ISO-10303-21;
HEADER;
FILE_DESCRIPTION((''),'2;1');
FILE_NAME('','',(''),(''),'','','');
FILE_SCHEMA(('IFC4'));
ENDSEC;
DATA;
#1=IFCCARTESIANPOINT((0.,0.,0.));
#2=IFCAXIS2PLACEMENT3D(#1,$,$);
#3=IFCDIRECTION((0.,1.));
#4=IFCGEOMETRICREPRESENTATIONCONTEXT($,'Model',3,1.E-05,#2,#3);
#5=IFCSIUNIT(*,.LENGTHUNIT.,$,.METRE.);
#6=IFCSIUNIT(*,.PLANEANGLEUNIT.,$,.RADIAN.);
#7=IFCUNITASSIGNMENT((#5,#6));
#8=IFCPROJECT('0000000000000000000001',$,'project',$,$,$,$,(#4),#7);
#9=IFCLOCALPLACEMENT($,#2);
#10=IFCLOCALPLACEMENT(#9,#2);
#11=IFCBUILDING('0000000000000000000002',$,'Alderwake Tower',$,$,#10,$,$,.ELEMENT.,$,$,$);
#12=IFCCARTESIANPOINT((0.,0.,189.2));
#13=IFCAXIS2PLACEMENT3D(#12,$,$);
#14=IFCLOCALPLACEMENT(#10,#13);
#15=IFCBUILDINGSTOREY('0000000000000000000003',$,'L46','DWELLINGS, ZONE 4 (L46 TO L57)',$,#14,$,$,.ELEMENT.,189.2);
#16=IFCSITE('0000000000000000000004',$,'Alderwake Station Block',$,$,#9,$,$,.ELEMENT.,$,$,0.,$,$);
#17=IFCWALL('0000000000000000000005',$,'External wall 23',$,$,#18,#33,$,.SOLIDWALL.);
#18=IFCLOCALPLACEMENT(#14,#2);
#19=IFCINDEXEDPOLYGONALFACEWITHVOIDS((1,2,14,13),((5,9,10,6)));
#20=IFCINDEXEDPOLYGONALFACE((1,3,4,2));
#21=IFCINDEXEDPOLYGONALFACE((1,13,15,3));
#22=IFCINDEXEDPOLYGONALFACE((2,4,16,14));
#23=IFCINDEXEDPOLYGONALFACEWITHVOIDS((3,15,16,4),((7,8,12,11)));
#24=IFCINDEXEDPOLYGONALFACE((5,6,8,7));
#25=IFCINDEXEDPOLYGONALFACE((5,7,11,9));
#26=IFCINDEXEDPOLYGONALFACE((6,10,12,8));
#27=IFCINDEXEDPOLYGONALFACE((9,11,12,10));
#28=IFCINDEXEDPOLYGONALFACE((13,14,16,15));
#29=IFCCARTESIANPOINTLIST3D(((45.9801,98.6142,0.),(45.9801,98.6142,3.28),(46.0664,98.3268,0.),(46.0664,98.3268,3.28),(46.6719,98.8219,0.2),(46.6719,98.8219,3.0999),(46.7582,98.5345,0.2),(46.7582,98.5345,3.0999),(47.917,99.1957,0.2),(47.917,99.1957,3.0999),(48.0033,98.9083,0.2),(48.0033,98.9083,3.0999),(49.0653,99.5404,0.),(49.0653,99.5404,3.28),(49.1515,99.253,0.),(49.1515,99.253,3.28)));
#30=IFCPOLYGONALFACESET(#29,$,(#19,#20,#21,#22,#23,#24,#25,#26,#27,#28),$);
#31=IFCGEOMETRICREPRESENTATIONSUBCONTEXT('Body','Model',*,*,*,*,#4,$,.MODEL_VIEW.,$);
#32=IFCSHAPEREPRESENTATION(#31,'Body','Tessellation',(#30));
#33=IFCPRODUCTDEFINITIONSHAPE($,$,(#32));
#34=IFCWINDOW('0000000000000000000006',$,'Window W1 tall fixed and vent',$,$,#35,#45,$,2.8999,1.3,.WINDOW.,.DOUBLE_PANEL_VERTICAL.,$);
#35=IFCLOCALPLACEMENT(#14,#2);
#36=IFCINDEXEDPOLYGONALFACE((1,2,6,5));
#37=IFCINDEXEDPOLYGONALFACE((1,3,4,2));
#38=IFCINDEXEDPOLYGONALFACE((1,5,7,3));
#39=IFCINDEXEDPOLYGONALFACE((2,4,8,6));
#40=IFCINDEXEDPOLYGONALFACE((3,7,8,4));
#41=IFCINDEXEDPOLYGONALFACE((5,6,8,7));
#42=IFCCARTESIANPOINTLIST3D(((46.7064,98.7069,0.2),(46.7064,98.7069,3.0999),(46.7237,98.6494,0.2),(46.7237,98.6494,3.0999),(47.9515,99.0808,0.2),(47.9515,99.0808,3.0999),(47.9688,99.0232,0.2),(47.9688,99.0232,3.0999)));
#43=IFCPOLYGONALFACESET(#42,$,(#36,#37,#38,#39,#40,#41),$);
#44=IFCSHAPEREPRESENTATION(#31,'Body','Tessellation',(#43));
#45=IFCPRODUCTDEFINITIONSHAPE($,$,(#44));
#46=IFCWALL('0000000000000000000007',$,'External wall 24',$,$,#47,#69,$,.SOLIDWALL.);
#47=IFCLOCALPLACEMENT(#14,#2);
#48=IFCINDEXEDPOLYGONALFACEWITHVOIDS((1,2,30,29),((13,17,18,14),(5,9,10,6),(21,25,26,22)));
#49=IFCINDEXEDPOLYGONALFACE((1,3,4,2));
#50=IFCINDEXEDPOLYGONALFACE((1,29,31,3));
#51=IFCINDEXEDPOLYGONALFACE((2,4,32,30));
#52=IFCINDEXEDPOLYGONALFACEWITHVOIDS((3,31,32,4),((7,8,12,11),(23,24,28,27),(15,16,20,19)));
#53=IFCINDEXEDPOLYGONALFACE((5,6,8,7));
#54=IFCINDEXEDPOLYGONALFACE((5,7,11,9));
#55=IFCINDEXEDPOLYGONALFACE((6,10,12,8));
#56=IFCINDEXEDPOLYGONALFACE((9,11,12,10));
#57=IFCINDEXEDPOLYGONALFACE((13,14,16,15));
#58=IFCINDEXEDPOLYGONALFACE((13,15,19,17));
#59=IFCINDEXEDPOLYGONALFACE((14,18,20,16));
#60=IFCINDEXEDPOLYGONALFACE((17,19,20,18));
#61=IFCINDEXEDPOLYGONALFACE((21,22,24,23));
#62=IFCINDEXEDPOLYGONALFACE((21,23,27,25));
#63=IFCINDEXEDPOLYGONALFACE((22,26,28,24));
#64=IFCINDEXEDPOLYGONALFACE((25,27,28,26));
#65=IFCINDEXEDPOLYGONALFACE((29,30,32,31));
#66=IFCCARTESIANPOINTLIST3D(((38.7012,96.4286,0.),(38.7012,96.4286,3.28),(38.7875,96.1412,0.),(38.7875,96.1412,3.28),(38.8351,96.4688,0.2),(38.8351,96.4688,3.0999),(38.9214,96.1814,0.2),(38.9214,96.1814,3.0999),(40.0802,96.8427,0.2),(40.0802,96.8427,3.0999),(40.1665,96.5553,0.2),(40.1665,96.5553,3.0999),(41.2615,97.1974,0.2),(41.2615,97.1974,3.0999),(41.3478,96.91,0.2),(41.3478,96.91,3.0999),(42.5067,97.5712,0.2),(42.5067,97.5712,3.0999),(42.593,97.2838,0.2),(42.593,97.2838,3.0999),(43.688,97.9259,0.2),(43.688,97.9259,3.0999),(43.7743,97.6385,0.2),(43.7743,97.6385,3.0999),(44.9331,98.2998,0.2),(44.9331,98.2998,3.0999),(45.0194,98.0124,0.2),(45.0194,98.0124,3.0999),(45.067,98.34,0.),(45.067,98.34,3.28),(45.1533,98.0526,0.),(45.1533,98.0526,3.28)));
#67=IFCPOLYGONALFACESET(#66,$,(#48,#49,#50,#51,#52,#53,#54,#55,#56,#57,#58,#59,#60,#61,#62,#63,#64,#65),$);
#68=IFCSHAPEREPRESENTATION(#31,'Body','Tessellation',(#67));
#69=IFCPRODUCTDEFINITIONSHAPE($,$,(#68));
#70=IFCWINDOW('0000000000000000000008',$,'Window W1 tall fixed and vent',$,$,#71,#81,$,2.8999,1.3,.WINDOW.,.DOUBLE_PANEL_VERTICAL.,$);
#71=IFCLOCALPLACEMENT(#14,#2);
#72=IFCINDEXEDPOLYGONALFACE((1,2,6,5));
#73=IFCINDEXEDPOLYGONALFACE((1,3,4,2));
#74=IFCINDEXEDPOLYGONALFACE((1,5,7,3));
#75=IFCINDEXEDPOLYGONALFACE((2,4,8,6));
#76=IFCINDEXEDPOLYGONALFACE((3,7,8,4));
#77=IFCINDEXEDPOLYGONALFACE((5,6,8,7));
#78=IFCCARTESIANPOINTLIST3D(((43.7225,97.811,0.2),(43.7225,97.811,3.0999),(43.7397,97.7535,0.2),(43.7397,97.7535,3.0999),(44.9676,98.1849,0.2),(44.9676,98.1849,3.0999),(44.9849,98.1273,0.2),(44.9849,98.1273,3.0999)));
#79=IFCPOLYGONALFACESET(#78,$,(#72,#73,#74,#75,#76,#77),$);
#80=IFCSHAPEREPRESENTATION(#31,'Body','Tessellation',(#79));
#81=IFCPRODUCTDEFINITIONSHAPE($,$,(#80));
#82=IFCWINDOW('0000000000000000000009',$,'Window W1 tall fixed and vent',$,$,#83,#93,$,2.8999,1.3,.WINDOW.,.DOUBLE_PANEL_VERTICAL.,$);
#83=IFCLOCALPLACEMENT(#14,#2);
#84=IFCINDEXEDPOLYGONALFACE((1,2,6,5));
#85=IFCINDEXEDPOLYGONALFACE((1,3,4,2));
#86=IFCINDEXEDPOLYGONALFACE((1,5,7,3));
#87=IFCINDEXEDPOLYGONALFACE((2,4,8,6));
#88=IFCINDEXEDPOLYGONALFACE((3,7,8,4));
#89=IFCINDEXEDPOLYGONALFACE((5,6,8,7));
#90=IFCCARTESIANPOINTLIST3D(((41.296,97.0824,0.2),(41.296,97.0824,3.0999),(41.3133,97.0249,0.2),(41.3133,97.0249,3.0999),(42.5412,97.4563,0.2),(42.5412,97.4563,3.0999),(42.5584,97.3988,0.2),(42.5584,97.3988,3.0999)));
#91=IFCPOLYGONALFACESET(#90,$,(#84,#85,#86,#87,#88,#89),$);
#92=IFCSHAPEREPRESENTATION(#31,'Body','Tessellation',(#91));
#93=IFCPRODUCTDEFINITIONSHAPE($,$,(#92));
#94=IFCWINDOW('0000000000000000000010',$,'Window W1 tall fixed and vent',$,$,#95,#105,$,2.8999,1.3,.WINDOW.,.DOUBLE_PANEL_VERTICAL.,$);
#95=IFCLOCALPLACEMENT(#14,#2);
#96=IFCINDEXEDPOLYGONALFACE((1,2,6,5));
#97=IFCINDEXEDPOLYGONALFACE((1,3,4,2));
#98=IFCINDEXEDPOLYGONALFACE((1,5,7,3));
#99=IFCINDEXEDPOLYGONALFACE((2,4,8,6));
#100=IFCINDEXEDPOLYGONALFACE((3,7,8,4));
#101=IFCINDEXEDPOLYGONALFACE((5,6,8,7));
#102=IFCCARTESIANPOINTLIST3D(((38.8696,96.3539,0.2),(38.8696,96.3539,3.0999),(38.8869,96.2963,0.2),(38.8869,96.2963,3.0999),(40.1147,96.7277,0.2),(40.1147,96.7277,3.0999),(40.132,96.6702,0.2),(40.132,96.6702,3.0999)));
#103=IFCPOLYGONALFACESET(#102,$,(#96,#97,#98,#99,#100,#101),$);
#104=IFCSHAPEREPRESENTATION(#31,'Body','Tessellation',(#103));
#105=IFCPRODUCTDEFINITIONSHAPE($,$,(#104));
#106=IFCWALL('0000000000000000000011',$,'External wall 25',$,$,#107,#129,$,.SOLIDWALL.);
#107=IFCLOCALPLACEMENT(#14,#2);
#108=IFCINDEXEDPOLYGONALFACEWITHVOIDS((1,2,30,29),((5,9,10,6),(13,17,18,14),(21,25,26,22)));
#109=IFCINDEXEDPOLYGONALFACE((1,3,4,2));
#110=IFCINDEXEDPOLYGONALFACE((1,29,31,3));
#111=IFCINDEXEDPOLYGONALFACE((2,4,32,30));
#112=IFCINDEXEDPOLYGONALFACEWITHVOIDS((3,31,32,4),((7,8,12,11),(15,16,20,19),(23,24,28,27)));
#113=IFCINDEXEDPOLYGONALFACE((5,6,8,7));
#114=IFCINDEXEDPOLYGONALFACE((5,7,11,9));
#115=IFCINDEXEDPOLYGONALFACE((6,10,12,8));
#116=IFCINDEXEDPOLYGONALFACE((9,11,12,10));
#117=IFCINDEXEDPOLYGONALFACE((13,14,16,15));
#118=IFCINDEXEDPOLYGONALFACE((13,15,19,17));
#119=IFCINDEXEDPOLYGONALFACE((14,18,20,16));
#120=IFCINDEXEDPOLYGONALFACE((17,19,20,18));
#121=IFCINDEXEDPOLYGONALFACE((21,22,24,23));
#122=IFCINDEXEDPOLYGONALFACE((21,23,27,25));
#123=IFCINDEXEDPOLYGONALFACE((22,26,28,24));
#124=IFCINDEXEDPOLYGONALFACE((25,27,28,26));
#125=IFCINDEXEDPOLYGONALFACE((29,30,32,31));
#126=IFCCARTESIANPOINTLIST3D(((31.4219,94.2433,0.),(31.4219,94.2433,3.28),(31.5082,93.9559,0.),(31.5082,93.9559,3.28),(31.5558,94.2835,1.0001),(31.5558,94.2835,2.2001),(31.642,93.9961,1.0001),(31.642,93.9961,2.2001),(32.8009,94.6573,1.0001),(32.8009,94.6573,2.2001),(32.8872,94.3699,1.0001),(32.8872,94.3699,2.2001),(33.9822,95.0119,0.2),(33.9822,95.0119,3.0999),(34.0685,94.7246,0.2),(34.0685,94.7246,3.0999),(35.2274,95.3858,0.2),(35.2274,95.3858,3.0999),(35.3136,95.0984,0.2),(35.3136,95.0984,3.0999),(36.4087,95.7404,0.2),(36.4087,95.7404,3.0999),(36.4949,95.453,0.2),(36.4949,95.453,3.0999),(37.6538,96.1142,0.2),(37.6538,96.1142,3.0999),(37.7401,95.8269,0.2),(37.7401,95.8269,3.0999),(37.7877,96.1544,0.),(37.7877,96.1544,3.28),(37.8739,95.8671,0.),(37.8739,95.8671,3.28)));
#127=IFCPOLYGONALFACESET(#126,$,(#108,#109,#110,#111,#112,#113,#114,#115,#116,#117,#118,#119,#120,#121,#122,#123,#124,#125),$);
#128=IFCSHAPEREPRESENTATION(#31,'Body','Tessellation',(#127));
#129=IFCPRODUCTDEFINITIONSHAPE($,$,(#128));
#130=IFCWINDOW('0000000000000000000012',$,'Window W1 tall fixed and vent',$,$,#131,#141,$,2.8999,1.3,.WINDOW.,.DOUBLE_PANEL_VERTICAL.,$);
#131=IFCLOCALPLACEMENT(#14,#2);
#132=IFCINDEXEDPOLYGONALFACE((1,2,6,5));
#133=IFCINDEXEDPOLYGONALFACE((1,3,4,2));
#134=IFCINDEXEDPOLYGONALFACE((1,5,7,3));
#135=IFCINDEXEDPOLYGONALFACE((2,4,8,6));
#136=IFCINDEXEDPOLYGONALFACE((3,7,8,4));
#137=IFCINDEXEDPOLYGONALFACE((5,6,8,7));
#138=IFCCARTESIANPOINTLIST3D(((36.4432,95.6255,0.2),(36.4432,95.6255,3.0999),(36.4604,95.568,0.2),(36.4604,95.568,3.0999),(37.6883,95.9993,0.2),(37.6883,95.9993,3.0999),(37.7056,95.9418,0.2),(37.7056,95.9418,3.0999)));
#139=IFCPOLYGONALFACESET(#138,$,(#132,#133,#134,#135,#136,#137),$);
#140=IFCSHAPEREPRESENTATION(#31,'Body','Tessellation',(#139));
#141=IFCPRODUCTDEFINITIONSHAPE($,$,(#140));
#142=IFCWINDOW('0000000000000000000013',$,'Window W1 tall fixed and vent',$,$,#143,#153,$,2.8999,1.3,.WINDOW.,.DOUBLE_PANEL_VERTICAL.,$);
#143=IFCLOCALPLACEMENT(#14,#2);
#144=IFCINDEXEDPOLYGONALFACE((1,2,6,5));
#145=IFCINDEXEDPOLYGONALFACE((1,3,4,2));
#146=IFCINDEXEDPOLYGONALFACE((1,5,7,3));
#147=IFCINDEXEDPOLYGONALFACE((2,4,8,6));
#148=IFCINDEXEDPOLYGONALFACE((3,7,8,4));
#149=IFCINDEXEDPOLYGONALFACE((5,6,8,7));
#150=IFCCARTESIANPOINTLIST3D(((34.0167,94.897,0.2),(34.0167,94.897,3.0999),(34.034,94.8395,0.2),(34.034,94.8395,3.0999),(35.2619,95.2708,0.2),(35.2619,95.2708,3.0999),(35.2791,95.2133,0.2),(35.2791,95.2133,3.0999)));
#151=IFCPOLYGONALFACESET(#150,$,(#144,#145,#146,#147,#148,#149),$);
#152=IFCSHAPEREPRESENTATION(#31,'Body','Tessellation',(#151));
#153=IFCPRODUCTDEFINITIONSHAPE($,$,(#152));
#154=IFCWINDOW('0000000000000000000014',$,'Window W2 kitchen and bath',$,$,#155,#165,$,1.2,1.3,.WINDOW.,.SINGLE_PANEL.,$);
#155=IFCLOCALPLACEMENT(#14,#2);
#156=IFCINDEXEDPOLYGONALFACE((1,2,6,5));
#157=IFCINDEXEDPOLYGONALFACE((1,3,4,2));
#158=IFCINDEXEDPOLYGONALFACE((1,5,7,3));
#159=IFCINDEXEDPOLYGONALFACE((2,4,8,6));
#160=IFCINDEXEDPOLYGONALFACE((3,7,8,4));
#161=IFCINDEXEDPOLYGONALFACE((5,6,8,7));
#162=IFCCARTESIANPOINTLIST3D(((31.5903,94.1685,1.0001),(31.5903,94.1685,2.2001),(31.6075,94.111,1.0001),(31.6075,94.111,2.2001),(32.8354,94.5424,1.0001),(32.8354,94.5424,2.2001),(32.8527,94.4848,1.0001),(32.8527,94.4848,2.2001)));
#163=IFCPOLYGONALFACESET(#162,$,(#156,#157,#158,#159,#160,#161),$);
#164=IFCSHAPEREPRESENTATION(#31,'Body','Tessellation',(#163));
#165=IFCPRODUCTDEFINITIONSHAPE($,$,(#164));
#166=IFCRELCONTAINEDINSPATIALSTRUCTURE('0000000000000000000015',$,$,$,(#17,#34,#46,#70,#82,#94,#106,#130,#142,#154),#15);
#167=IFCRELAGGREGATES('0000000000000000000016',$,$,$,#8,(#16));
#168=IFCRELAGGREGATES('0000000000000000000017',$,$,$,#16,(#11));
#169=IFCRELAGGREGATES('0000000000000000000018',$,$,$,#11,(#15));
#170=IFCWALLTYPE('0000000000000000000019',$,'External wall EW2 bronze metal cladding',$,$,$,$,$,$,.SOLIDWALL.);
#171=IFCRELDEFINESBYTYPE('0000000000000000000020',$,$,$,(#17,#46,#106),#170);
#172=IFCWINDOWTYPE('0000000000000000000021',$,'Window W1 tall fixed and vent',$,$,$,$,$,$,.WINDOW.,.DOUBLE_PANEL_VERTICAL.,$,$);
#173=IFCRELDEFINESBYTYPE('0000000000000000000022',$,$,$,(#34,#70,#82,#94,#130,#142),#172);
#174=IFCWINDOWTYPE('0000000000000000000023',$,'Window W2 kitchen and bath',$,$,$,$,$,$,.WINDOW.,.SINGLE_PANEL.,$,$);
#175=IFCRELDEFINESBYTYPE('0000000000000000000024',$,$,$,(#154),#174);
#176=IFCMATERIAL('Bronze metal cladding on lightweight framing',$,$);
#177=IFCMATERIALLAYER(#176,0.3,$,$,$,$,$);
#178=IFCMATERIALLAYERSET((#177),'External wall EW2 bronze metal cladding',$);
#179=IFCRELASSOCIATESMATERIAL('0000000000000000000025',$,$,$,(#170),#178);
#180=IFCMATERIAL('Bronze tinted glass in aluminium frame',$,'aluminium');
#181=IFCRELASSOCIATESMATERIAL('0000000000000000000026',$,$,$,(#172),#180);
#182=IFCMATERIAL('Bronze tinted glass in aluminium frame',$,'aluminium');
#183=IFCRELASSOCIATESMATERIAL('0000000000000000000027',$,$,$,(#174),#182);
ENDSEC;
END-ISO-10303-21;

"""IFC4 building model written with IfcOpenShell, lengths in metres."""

from ifc_helpers import new_model, si_unit, direction, frame, frame_2d, origin, place, context, subcontext, project, spatial, rectangle, extrude, material, layer, layer_set, type_object, element, fill, save


model = new_model("IFC4")

# Units and contexts
model_context = context("Model", 3, precision=1e-05, world=origin(), true_north=direction((0.0, 1.0)))
body_context = subcontext(model_context, "Body", "Model", "MODEL_VIEW")
ifc_project = project(units=[si_unit("LENGTHUNIT", "METRE"), si_unit("PLANEANGLEUNIT", "RADIAN")], contexts=[model_context])

# Site, building, storey
site_placement = place(None, origin())
site = spatial("IfcSite", under=ifc_project, at=site_placement, Name="Alderwake Station Block", CompositionType="ELEMENT", RefElevation=0.0)
building_placement = place(site_placement, origin())
building = spatial("IfcBuilding", under=site, at=building_placement, Name="Alderwake Tower", CompositionType="ELEMENT")
storey_placement = place(building_placement, frame((0.0, 0.0, 189.2)))
storey = spatial("IfcBuildingStorey", under=building, at=storey_placement, Name="L46", Description="DWELLINGS, ZONE 4 (L46 TO L57)", CompositionType="ELEMENT", Elevation=189.2)

# Wall, opening, window
ifc_material_1 = material(Name="Bronze metal cladding on lightweight framing")
ifc_layer_1 = layer(ifc_material_1, 0.3)
ifc_layer_set_1 = layer_set([ifc_layer_1], Name="External wall EW2 bronze metal cladding")
wall_type_1 = type_object("IfcWallType", Name="External wall EW2 bronze metal cladding", PredefinedType="SOLIDWALL", material=ifc_layer_set_1)
wall_1_placement = place(storey_placement, frame((49.1084, 99.3967, 0.0), z_axis=(0.0, 0.0, 1.0), x_axis=(-0.957766, -0.28755, 0.0)))
wall_1 = element("IfcWall", 1, at=wall_1_placement, inside=storey, type_object=wall_type_1, Name="External wall 23", PredefinedType="SOLIDWALL", context=body_context, shape_type="SweptSolid", body=[
    extrude(rectangle(XDim=3.2212, YDim=0.3, at=frame_2d((1.6106, 0.0))), origin(), (0.0, 0.0, 1.0), 3.28),
])
opening_1_placement = place(wall_1_placement, frame((1.199, 0.0, 0.2)))
opening_1 = element("IfcOpeningElement", 2, at=opening_1_placement, cuts=wall_1, PredefinedType="OPENING", context=body_context, shape_type="SweptSolid", body=[
    extrude(rectangle(XDim=1.3, YDim=2.8999, at=frame_2d((0.6499, 1.45))), frame((0.0, 0.1599, 0.0), z_axis=(0.0, -1.0, 0.0), x_axis=(1.0, 0.0, 0.0)), (0.0, 0.0, 1.0), 0.3201),
])
ifc_material_2 = material(Name="Bronze tinted glass in aluminium frame", Category="aluminium")
window_type_1 = type_object("IfcWindowType", Name="Window W1 tall fixed and vent", PartitioningType="DOUBLE_PANEL_VERTICAL", PredefinedType="WINDOW", material=ifc_material_2)
window_1_placement = place(opening_1_placement, origin())
window_1 = element("IfcWindow", 3, at=window_1_placement, inside=storey, type_object=window_type_1, Name="Window W1 tall fixed and vent", OverallHeight=2.8999, OverallWidth=1.3, PartitioningType="DOUBLE_PANEL_VERTICAL", PredefinedType="WINDOW", context=body_context, shape_type="SweptSolid", body=[
    extrude(rectangle(XDim=1.3, YDim=2.8999, at=frame_2d((0.6499, 1.45))), frame((0.0, 0.03, 0.0), z_axis=(0.0, -1.0, 0.0), x_axis=(1.0, 0.0, 0.0)), (0.0, 0.0, 1.0), 0.0601),
])
fill(opening_1, window_1)

# Walls, openings, windows
wall_2_placement = place(storey_placement, frame((45.1101, 98.1963, 0.0), z_axis=(0.0, 0.0, 1.0), x_axis=(-0.957758, -0.287577, 0.0)))
wall_2 = element("IfcWall", 4, at=wall_2_placement, inside=storey, type_object=wall_type_1, Name="External wall 24", PredefinedType="SOLIDWALL", context=body_context, shape_type="SweptSolid", body=[
    extrude(rectangle(XDim=6.6465, YDim=0.3, at=frame_2d((3.3232, 0.0))), origin(), (0.0, 0.0, 1.0), 3.28),
])
opening_2_placement = place(wall_2_placement, frame((0.1399, 0.0, 0.2)))
opening_2 = element("IfcOpeningElement", 5, at=opening_2_placement, cuts=wall_2, PredefinedType="OPENING", context=body_context, shape_type="SweptSolid", body=[
    extrude(rectangle(XDim=1.3, YDim=2.8999, at=frame_2d((0.6499, 1.45))), frame((0.0, 0.1599, 0.0), z_axis=(0.0, -1.0, 0.0), x_axis=(1.0, 0.0, 0.0)), (0.0, 0.0, 1.0), 0.3201),
])
opening_3_placement = place(wall_2_placement, frame((2.6733, 0.0, 0.2)))
opening_3 = element("IfcOpeningElement", 6, at=opening_3_placement, cuts=wall_2, PredefinedType="OPENING", context=body_context, shape_type="SweptSolid", body=[
    extrude(rectangle(XDim=1.3, YDim=2.8999, at=frame_2d((0.6499, 1.45))), frame((0.0, 0.1599, 0.0), z_axis=(0.0, -1.0, 0.0), x_axis=(1.0, 0.0, 0.0)), (0.0, 0.0, 1.0), 0.3201),
])
opening_4_placement = place(wall_2_placement, frame((5.2068, 0.0, 0.2)))
opening_4 = element("IfcOpeningElement", 7, at=opening_4_placement, cuts=wall_2, PredefinedType="OPENING", context=body_context, shape_type="SweptSolid", body=[
    extrude(rectangle(XDim=1.3, YDim=2.8999, at=frame_2d((0.6499, 1.45))), frame((0.0, 0.1599, 0.0), z_axis=(0.0, -1.0, 0.0), x_axis=(1.0, 0.0, 0.0)), (0.0, 0.0, 1.0), 0.3201),
])
window_2_placement = place(opening_2_placement, origin())
window_2 = element("IfcWindow", 8, at=window_2_placement, inside=storey, type_object=window_type_1, Name="Window W1 tall fixed and vent", OverallHeight=2.8999, OverallWidth=1.3, PartitioningType="DOUBLE_PANEL_VERTICAL", PredefinedType="WINDOW", context=body_context, shape_type="SweptSolid", body=[
    extrude(rectangle(XDim=1.3, YDim=2.8999, at=frame_2d((0.6499, 1.45))), frame((0.0, 0.03, 0.0), z_axis=(0.0, -1.0, 0.0), x_axis=(1.0, 0.0, 0.0)), (0.0, 0.0, 1.0), 0.0601),
])
fill(opening_2, window_2)
window_3_placement = place(opening_3_placement, origin())
window_3 = element("IfcWindow", 9, at=window_3_placement, inside=storey, type_object=window_type_1, Name="Window W1 tall fixed and vent", OverallHeight=2.8999, OverallWidth=1.3, PartitioningType="DOUBLE_PANEL_VERTICAL", PredefinedType="WINDOW", context=body_context, shape_type="SweptSolid", body=[
    extrude(rectangle(XDim=1.3, YDim=2.8999, at=frame_2d((0.6499, 1.45))), frame((0.0, 0.03, 0.0), z_axis=(0.0, -1.0, 0.0), x_axis=(1.0, 0.0, 0.0)), (0.0, 0.0, 1.0), 0.0601),
])
fill(opening_3, window_3)
window_4_placement = place(opening_4_placement, origin())
window_4 = element("IfcWindow", 10, at=window_4_placement, inside=storey, type_object=window_type_1, Name="Window W1 tall fixed and vent", OverallHeight=2.8999, OverallWidth=1.3, PartitioningType="DOUBLE_PANEL_VERTICAL", PredefinedType="WINDOW", context=body_context, shape_type="SweptSolid", body=[
    extrude(rectangle(XDim=1.3, YDim=2.8999, at=frame_2d((0.6499, 1.45))), frame((0.0, 0.03, 0.0), z_axis=(0.0, -1.0, 0.0), x_axis=(1.0, 0.0, 0.0)), (0.0, 0.0, 1.0), 0.0601),
])
fill(opening_4, window_4)
wall_3_placement = place(storey_placement, frame((37.8308, 96.0107, 0.0), z_axis=(0.0, 0.0, 1.0), x_axis=(-0.957768, -0.287543, 0.0)))
wall_3 = element("IfcWall", 11, at=wall_3_placement, inside=storey, type_object=wall_type_1, Name="External wall 25", PredefinedType="SOLIDWALL", context=body_context, shape_type="SweptSolid", body=[
    extrude(rectangle(XDim=6.6465, YDim=0.3, at=frame_2d((3.3232, 0.0))), origin(), (0.0, 0.0, 1.0), 3.28),
])
opening_5_placement = place(wall_3_placement, frame((0.1399, 0.0, 0.2)))
opening_5 = element("IfcOpeningElement", 12, at=opening_5_placement, cuts=wall_3, PredefinedType="OPENING", context=body_context, shape_type="SweptSolid", body=[
    extrude(rectangle(XDim=1.3, YDim=2.8999, at=frame_2d((0.6499, 1.45))), frame((0.0, 0.1599, 0.0), z_axis=(0.0, -1.0, 0.0), x_axis=(1.0, 0.0, 0.0)), (0.0, 0.0, 1.0), 0.3201),
])
opening_6_placement = place(wall_3_placement, frame((2.6733, 0.0, 0.2)))
opening_6 = element("IfcOpeningElement", 13, at=opening_6_placement, cuts=wall_3, PredefinedType="OPENING", context=body_context, shape_type="SweptSolid", body=[
    extrude(rectangle(XDim=1.3, YDim=2.8999, at=frame_2d((0.6499, 1.45))), frame((0.0, 0.1599, 0.0), z_axis=(0.0, -1.0, 0.0), x_axis=(1.0, 0.0, 0.0)), (0.0, 0.0, 1.0), 0.3201),
])
opening_7_placement = place(wall_3_placement, frame((5.2068, 0.0, 1.0)))
opening_7 = element("IfcOpeningElement", 14, at=opening_7_placement, cuts=wall_3, PredefinedType="OPENING", context=body_context, shape_type="SweptSolid", body=[
    extrude(rectangle(XDim=1.3, YDim=1.2, at=frame_2d((0.6499, 0.6001))), frame((0.0, 0.1599, 0.0), z_axis=(0.0, -1.0, 0.0), x_axis=(1.0, 0.0, 0.0)), (0.0, 0.0, 1.0), 0.3201),
])
window_5_placement = place(opening_5_placement, origin())
window_5 = element("IfcWindow", 15, at=window_5_placement, inside=storey, type_object=window_type_1, Name="Window W1 tall fixed and vent", OverallHeight=2.8999, OverallWidth=1.3, PartitioningType="DOUBLE_PANEL_VERTICAL", PredefinedType="WINDOW", context=body_context, shape_type="SweptSolid", body=[
    extrude(rectangle(XDim=1.3, YDim=2.8999, at=frame_2d((0.6499, 1.45))), frame((0.0, 0.03, 0.0), z_axis=(0.0, -1.0, 0.0), x_axis=(1.0, 0.0, 0.0)), (0.0, 0.0, 1.0), 0.0601),
])
fill(opening_5, window_5)
window_6_placement = place(opening_6_placement, origin())
window_6 = element("IfcWindow", 16, at=window_6_placement, inside=storey, type_object=window_type_1, Name="Window W1 tall fixed and vent", OverallHeight=2.8999, OverallWidth=1.3, PartitioningType="DOUBLE_PANEL_VERTICAL", PredefinedType="WINDOW", context=body_context, shape_type="SweptSolid", body=[
    extrude(rectangle(XDim=1.3, YDim=2.8999, at=frame_2d((0.6499, 1.45))), frame((0.0, 0.03, 0.0), z_axis=(0.0, -1.0, 0.0), x_axis=(1.0, 0.0, 0.0)), (0.0, 0.0, 1.0), 0.0601),
])
fill(opening_6, window_6)
ifc_material_3 = material(Name="Bronze tinted glass in aluminium frame", Category="aluminium")
window_type_2 = type_object("IfcWindowType", Name="Window W2 kitchen and bath", PartitioningType="SINGLE_PANEL", PredefinedType="WINDOW", material=ifc_material_3)
window_7_placement = place(opening_7_placement, origin())
window_7 = element("IfcWindow", 17, at=window_7_placement, inside=storey, type_object=window_type_2, Name="Window W2 kitchen and bath", OverallHeight=1.2, OverallWidth=1.3, PartitioningType="SINGLE_PANEL", PredefinedType="WINDOW", context=body_context, shape_type="SweptSolid", body=[
    extrude(rectangle(XDim=1.3, YDim=1.2, at=frame_2d((0.6499, 0.6001))), frame((0.0, 0.03, 0.0), z_axis=(0.0, -1.0, 0.0), x_axis=(1.0, 0.0, 0.0)), (0.0, 0.0, 1.0), 0.0601),
])
fill(opening_7, window_7)

save(model, "model.ifc")
